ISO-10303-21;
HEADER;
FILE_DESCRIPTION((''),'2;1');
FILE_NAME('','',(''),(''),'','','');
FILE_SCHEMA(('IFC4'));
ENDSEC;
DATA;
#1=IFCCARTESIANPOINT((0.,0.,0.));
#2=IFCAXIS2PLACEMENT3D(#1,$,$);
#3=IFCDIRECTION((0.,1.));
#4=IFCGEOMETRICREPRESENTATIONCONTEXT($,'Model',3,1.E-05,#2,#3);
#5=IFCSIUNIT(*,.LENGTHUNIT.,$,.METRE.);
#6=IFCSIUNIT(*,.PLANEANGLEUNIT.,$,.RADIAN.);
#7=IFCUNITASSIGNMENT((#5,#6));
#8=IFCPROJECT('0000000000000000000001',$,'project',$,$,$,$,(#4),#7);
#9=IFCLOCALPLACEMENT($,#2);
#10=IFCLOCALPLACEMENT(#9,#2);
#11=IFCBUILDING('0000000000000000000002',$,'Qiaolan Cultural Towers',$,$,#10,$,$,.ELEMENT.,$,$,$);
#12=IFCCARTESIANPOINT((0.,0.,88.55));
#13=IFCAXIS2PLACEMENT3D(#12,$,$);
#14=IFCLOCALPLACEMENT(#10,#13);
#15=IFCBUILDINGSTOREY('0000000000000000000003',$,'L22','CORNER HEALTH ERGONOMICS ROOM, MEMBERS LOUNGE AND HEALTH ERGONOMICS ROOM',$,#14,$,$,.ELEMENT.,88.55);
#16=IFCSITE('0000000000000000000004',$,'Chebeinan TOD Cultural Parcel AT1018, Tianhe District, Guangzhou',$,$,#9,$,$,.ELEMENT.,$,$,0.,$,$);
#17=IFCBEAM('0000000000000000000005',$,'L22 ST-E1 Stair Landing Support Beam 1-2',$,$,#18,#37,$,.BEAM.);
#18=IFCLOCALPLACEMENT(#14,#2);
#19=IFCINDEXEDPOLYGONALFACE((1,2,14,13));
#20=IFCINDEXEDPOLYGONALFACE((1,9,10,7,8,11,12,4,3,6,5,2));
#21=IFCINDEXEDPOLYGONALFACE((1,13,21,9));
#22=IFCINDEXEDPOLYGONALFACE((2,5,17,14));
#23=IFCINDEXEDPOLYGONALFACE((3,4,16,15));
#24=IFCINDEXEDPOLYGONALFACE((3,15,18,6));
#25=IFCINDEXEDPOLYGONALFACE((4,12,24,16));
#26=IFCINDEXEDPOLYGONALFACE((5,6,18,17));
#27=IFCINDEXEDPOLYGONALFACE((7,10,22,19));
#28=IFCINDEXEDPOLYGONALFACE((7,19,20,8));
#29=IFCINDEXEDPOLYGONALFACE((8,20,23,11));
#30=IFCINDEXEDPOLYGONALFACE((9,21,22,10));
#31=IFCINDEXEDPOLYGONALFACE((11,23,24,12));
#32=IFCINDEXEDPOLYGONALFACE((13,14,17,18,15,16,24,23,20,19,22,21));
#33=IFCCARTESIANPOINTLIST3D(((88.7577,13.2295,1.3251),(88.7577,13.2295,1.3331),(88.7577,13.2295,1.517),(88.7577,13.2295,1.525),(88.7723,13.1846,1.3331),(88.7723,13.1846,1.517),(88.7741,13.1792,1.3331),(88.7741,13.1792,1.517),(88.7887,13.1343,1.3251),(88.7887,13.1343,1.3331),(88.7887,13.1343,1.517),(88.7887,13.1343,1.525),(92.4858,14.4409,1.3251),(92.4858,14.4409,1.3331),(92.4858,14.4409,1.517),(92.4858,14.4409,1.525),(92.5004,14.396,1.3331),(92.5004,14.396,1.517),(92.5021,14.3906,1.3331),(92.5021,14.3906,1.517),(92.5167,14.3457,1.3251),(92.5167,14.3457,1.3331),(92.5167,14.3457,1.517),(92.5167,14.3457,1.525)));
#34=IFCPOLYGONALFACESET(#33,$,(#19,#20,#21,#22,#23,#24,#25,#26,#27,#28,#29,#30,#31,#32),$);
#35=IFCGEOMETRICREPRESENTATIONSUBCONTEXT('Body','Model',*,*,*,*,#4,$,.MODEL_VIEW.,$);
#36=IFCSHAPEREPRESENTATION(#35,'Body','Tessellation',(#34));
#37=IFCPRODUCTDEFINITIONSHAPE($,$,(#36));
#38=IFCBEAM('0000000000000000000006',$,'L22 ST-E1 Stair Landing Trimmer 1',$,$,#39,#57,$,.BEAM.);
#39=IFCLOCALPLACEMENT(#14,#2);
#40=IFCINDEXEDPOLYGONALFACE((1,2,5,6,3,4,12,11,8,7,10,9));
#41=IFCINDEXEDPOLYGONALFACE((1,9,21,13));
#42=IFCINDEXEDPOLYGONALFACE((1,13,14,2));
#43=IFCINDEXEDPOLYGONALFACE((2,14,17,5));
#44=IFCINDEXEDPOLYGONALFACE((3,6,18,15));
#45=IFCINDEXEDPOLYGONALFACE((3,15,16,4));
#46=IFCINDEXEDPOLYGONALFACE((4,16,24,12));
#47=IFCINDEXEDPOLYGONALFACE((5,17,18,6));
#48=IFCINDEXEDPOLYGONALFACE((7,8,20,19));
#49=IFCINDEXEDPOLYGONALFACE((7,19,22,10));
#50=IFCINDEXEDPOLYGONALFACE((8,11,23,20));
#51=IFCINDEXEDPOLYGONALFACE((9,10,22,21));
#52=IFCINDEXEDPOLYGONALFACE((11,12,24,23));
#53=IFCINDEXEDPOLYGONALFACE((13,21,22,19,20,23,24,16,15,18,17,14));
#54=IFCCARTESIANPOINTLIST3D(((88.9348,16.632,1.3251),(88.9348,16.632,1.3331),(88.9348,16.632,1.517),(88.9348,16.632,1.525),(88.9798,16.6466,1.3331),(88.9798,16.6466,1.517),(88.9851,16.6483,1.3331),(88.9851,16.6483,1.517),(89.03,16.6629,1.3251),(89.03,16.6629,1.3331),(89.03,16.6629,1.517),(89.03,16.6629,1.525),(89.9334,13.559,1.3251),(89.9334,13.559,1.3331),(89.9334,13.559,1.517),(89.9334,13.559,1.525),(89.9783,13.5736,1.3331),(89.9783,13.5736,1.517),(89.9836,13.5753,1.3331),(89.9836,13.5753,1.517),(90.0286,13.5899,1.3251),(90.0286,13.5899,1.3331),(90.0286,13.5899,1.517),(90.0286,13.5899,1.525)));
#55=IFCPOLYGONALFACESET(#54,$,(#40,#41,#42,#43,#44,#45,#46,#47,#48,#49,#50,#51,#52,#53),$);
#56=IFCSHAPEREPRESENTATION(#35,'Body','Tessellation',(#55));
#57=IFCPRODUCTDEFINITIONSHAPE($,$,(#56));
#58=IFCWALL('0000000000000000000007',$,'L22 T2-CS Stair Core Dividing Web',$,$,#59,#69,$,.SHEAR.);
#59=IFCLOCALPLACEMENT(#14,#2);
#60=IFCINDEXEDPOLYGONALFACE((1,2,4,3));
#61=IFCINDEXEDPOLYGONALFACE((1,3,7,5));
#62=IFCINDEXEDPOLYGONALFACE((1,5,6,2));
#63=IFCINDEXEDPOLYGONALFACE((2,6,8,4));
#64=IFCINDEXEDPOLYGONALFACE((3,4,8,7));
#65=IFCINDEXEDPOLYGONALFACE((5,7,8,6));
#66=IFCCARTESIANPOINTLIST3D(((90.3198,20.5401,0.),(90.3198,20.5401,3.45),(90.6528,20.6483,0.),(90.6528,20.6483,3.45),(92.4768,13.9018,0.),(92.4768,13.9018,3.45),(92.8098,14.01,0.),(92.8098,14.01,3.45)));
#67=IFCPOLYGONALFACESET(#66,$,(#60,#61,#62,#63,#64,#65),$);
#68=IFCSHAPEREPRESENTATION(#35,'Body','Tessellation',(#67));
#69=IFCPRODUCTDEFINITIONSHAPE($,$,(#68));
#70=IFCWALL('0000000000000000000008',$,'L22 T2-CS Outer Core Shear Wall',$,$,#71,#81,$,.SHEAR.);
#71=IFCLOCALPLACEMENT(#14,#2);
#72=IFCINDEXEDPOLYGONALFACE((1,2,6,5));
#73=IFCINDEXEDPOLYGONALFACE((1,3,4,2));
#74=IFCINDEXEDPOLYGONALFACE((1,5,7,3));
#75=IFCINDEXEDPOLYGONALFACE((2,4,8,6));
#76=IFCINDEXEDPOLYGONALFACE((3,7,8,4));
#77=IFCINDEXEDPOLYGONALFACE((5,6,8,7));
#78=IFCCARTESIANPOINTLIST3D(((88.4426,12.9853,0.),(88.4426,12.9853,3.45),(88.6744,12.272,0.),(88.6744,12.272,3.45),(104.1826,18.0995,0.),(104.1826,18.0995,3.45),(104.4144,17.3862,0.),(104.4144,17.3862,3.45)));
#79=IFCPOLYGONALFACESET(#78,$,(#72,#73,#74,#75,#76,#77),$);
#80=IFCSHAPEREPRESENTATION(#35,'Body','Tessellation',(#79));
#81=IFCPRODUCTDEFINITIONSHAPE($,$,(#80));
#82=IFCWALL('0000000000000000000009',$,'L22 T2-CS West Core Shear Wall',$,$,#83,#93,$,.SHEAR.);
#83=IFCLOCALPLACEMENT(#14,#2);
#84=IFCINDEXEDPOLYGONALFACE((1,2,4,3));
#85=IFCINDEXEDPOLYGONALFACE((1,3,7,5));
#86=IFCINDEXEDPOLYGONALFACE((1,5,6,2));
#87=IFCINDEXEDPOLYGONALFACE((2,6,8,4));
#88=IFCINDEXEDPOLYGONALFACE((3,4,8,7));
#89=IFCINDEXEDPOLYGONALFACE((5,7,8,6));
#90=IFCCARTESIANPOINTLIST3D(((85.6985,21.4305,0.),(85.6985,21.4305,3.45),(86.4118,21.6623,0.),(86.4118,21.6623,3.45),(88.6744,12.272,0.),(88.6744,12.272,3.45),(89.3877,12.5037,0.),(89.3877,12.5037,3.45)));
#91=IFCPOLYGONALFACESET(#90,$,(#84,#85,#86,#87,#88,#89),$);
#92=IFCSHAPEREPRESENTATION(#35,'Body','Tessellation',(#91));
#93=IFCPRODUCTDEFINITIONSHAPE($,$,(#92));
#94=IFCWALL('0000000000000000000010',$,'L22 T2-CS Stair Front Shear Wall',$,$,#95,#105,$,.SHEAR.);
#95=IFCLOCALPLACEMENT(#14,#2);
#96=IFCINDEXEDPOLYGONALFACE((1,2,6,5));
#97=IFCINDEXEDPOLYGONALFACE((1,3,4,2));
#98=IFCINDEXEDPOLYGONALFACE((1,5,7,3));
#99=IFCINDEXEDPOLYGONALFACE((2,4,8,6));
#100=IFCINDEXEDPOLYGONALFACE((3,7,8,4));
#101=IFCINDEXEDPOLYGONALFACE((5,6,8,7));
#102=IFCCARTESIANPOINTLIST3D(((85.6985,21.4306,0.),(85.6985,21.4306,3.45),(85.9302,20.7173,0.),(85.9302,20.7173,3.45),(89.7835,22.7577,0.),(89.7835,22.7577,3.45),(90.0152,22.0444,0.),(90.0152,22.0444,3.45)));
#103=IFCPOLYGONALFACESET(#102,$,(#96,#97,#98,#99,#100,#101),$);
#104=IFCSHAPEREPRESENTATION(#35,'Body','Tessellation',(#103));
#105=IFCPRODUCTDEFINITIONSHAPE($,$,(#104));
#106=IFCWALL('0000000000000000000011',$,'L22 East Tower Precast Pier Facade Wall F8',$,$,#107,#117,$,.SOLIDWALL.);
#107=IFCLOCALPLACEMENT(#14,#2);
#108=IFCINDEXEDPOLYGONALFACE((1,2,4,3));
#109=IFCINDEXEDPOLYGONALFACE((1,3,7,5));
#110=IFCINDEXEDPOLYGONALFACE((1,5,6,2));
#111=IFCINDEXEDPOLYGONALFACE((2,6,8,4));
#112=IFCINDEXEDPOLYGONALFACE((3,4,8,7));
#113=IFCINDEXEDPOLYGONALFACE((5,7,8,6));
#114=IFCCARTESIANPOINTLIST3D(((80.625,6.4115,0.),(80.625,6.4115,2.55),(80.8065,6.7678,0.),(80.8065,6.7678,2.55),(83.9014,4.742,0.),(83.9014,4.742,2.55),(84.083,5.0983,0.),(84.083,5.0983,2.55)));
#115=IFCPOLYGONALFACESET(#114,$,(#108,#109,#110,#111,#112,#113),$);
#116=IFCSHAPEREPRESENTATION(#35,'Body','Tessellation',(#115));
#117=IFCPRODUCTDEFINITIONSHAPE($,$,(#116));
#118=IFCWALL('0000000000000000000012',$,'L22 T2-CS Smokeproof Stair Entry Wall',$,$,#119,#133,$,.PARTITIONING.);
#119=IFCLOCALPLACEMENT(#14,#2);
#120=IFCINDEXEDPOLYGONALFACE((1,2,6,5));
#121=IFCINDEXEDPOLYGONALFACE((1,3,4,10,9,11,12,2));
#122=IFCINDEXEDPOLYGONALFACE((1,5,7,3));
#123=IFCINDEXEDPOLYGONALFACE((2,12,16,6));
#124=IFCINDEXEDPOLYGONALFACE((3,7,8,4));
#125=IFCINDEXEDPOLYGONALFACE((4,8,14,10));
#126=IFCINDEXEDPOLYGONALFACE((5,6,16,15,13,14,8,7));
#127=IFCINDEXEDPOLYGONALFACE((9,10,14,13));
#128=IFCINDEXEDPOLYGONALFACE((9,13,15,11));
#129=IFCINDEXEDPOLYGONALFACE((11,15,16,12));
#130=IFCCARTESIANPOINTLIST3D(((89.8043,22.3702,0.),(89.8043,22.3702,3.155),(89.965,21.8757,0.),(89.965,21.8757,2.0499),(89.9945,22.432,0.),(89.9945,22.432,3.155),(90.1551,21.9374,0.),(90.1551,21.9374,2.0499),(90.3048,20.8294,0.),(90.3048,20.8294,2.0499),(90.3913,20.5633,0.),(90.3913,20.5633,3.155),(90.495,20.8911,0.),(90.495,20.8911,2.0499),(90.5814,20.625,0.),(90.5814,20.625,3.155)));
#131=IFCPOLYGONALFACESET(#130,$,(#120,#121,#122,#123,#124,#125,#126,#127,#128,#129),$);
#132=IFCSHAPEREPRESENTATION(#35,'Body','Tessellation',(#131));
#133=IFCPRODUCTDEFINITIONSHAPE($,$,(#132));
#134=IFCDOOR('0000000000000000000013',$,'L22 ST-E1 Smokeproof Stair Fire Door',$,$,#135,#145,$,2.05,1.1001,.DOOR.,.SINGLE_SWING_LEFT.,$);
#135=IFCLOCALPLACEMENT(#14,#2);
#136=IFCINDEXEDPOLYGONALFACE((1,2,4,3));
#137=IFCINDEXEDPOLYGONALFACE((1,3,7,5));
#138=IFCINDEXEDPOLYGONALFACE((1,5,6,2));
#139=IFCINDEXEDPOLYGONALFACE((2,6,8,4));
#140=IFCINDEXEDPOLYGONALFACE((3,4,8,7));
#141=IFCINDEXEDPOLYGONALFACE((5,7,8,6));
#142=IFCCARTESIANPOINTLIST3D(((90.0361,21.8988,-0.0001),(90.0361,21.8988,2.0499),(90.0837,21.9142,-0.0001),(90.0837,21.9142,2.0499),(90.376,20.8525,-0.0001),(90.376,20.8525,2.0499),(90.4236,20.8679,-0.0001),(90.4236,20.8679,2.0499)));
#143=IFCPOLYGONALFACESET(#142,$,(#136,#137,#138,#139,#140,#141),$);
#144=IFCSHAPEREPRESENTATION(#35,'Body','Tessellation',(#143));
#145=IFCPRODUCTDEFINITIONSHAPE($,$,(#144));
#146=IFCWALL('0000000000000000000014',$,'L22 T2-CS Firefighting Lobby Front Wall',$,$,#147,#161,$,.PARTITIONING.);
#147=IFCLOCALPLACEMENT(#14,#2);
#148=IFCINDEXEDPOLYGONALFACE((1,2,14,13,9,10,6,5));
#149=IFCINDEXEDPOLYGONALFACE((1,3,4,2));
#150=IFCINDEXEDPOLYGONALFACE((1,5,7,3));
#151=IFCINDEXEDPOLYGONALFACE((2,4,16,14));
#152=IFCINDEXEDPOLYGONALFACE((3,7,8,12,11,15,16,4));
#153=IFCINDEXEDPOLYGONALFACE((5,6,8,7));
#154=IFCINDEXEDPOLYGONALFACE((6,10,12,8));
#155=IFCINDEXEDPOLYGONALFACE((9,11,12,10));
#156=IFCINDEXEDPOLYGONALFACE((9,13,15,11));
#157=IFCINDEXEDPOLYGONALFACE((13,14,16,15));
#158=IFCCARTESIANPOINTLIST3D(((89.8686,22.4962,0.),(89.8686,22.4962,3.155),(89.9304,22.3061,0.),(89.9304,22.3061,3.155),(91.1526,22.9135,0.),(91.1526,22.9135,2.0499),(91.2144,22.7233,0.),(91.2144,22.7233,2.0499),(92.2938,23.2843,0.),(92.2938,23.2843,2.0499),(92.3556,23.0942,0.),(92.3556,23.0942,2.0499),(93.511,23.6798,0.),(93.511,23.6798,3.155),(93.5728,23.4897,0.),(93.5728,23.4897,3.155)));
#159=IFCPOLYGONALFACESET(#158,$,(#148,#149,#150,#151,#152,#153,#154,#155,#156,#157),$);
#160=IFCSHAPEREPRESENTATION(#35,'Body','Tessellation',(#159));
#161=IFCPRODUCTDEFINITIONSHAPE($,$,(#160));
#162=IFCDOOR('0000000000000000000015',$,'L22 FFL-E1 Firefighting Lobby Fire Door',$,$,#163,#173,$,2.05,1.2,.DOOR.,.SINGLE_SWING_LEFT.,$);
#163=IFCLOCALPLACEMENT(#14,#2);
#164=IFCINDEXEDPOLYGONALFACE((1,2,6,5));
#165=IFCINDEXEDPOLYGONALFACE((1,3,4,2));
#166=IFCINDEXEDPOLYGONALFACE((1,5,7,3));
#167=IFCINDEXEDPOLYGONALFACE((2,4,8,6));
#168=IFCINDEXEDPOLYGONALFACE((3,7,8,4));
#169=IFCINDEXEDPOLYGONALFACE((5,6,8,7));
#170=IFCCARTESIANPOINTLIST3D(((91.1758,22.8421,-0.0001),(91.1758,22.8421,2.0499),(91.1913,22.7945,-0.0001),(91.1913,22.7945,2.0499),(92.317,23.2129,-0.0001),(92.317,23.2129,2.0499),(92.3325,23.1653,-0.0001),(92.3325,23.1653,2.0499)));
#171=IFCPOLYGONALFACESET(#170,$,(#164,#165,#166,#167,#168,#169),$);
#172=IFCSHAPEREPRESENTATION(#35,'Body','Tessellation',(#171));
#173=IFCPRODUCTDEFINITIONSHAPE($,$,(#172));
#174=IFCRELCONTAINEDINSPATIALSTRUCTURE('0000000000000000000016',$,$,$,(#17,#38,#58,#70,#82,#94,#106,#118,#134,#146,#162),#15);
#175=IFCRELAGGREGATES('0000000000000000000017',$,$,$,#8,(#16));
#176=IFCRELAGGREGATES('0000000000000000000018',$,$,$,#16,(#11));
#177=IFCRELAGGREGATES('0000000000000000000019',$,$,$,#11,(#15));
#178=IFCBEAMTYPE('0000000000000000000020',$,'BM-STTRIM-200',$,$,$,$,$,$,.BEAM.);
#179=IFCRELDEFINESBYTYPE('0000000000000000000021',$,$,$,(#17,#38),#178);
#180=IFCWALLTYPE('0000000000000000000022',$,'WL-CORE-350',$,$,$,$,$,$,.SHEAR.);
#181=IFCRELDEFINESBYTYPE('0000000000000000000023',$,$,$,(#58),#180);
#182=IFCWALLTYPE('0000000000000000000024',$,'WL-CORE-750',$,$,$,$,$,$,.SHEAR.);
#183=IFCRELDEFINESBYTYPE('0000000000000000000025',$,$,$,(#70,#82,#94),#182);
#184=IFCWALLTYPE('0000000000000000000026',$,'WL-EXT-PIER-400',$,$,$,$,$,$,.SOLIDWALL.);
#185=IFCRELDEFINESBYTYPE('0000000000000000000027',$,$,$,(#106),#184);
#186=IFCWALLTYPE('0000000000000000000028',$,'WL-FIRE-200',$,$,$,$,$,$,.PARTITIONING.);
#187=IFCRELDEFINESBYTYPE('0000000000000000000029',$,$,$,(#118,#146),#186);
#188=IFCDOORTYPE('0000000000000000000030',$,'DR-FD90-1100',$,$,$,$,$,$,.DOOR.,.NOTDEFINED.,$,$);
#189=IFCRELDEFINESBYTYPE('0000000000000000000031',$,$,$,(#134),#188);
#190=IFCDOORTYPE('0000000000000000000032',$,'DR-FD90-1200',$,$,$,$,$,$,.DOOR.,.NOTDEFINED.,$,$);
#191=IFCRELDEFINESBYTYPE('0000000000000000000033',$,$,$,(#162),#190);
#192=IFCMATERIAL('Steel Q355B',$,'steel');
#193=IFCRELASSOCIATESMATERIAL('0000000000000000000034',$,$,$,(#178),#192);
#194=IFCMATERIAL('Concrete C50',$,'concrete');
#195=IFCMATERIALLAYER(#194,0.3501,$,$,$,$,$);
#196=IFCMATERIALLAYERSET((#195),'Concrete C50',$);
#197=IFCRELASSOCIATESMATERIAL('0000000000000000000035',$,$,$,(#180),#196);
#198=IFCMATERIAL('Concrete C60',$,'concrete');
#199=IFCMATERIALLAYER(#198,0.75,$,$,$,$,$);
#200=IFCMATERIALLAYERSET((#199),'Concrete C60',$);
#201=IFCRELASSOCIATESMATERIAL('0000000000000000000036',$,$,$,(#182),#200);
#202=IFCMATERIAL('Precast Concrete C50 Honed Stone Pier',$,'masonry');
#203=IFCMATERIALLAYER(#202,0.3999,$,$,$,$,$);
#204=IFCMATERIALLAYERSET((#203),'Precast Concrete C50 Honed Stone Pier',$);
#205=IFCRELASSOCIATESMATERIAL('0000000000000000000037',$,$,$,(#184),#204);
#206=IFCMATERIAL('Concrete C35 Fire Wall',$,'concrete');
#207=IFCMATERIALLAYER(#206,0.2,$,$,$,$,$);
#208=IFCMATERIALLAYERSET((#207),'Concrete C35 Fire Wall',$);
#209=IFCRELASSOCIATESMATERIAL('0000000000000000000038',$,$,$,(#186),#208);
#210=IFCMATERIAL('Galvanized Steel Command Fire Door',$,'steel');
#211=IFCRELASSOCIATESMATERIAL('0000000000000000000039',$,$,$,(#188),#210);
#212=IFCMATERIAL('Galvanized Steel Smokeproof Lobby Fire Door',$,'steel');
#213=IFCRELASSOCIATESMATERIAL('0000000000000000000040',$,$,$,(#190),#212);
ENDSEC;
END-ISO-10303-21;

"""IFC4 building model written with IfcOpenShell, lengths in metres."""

from ifc_helpers import new_model, si_unit, direction, frame, frame_2d, origin, origin_2d, place, context, subcontext, project, spatial, rectangle, i_section, extrude, material, layer, layer_set, material_profile, profile_set, type_object, element, fill, save


model = new_model("IFC4")

# Units and contexts
model_context = context("Model", 3, precision=1e-05, world=origin(), true_north=direction((0.0, 1.0)))
body_context = subcontext(model_context, "Body", "Model", "MODEL_VIEW")
ifc_project = project(units=[si_unit("LENGTHUNIT", "METRE"), si_unit("PLANEANGLEUNIT", "RADIAN")], contexts=[model_context])

# Site, building, storey
site_placement = place(None, origin())
site = spatial("IfcSite", under=ifc_project, at=site_placement, Name="Chebeinan TOD Cultural Parcel AT1018, Tianhe District, Guangzhou", CompositionType="ELEMENT", RefElevation=0.0)
building_placement = place(site_placement, origin())
building = spatial("IfcBuilding", under=site, at=building_placement, Name="Qiaolan Cultural Towers", CompositionType="ELEMENT")
storey_placement = place(building_placement, frame((0.0, 0.0, 88.55)))
storey = spatial("IfcBuildingStorey", under=building, at=storey_placement, Name="L22", Description="CORNER HEALTH ERGONOMICS ROOM, MEMBERS LOUNGE AND HEALTH ERGONOMICS ROOM", CompositionType="ELEMENT", Elevation=88.55)

# Beams
ifc_material_1 = material(Name="Steel Q355B", Category="steel")
ifc_material_profile_1 = material_profile(ifc_material_1, i_section(OverallWidth=0.1001, OverallDepth=0.2, WebThickness=0.0056, FlangeThickness=0.0081, at=origin_2d()), Name="HN200x100x5.5x8")
ifc_profile_set_1 = profile_set([ifc_material_profile_1], Name="Steel Q355B")
beam_type_1 = type_object("IfcBeamType", Name="BM-STTRIM-200", PredefinedType="BEAM", material=ifc_profile_set_1)
for number, where, z_axis, x_axis, name in (
    (1, (88.7732, 13.1819, 1.425), (0.951048, 0.309044, 0.0), (-0.309044, 0.951048, 0.0), "L22 ST-E1 Stair Landing Support Beam 1-2"),
):
    element("IfcBeam", number, at=place(storey_placement, frame(where, z_axis=z_axis, x_axis=x_axis)), inside=storey, type_object=beam_type_1, Name=name, PredefinedType="BEAM", context=body_context, shape_type="SweptSolid", body=[
        extrude(i_section(OverallWidth=0.1001, OverallDepth=0.2, WebThickness=0.0056, FlangeThickness=0.0081, at=origin_2d()), origin(), (0.0, 0.0, 1.0), 3.9199),
    ])
beam_1_placement = place(storey_placement, frame((88.9824, 16.6475, 1.425), z_axis=(0.309033, -0.951051, 0.0), x_axis=(0.951051, 0.309033, 0.0)))
element("IfcBeam", 2, at=beam_1_placement, inside=storey, type_object=beam_type_1, Name="L22 ST-E1 Stair Landing Trimmer 1", PredefinedType="BEAM", context=body_context, shape_type="SweptSolid", body=[
    extrude(i_section(OverallWidth=0.1001, OverallDepth=0.2, WebThickness=0.0056, FlangeThickness=0.0081, at=origin_2d()), origin(), (0.0, 0.0, 1.0), 3.2312),
])

# Walls
ifc_material_2 = material(Name="Concrete C50", Category="concrete")
ifc_layer_1 = layer(ifc_material_2, 0.3501)
ifc_layer_set_1 = layer_set([ifc_layer_1], Name="Concrete C50")
wall_type_1 = type_object("IfcWallType", Name="WL-CORE-350", PredefinedType="SHEAR", material=ifc_layer_set_1)
wall_1_placement = place(storey_placement, frame((90.4863, 20.5942, 0.0), z_axis=(0.0, 0.0, 1.0), x_axis=(0.30902, -0.951055, 0.0)))
element("IfcWall", 3, at=wall_1_placement, inside=storey, type_object=wall_type_1, Name="L22 T2-CS Stair Core Dividing Web", PredefinedType="SHEAR", context=body_context, shape_type="SweptSolid", body=[
    extrude(rectangle(XDim=6.98, YDim=0.3501, at=frame_2d((3.49, 0.0))), origin(), (0.0, 0.0, 1.0), 3.45),
])
ifc_material_3 = material(Name="Concrete C60", Category="concrete")
ifc_layer_2 = layer(ifc_material_3, 0.75)
ifc_layer_set_2 = layer_set([ifc_layer_2], Name="Concrete C60")
wall_type_2 = type_object("IfcWallType", Name="WL-CORE-750", PredefinedType="SHEAR", material=ifc_layer_set_2)
wall_2_placement = place(storey_placement, frame((88.5586, 12.6287, 0.0), z_axis=(0.0, 0.0, 1.0), x_axis=(0.951056, 0.309018, 0.0)))
element("IfcWall", 4, at=wall_2_placement, inside=storey, type_object=wall_type_2, Name="L22 T2-CS Outer Core Shear Wall", PredefinedType="SHEAR", context=body_context, shape_type="SweptSolid", body=[
    extrude(rectangle(XDim=16.55, YDim=0.75, at=frame_2d((8.2749, 0.0))), origin(), (0.0, 0.0, 1.0), 3.45),
])
wall_3_placement = place(storey_placement, frame((86.0552, 21.5464, 0.0), z_axis=(0.0, 0.0, 1.0), x_axis=(0.309024, -0.951054, 0.0)))
element("IfcWall", 5, at=wall_3_placement, inside=storey, type_object=wall_type_2, Name="L22 T2-CS West Core Shear Wall", PredefinedType="SHEAR", context=body_context, shape_type="SweptSolid", body=[
    extrude(rectangle(XDim=9.6299, YDim=0.75, at=frame_2d((4.8149, 0.0))), origin(), (0.0, 0.0, 1.0), 3.45),
])
wall_4_placement = place(storey_placement, frame((85.8145, 21.074, 0.0), z_axis=(0.0, 0.0, 1.0), x_axis=(0.951066, 0.308988, 0.0)))
element("IfcWall", 6, at=wall_4_placement, inside=storey, type_object=wall_type_2, Name="L22 T2-CS Stair Front Shear Wall", PredefinedType="SHEAR", context=body_context, shape_type="SweptSolid", body=[
    extrude(rectangle(XDim=4.2952, YDim=0.75, at=frame_2d((2.1475, 0.0))), origin(), (0.0, 0.0, 1.0), 3.45),
])
ifc_material_4 = material(Name="Precast Concrete C50 Honed Stone Pier", Category="masonry")
ifc_layer_3 = layer(ifc_material_4, 0.3999)
ifc_layer_set_3 = layer_set([ifc_layer_3], Name="Precast Concrete C50 Honed Stone Pier")
wall_type_3 = type_object("IfcWallType", Name="WL-EXT-PIER-400", PredefinedType="SOLIDWALL", material=ifc_layer_set_3)
wall_5_placement = place(storey_placement, frame((83.9922, 4.9202, 0.0), z_axis=(0.0, 0.0, 1.0), x_axis=(-0.891002, 0.453999, 0.0)))
element("IfcWall", 7, at=wall_5_placement, inside=storey, type_object=wall_type_3, Name="L22 East Tower Precast Pier Facade Wall F8", PredefinedType="SOLIDWALL", context=body_context, shape_type="SweptSolid", body=[
    extrude(rectangle(XDim=3.6772, YDim=0.3999, at=frame_2d((1.8386, 0.0))), origin(), (0.0, 0.0, 1.0), 2.55),
])

# Walls, openings, doors
ifc_material_5 = material(Name="Concrete C35 Fire Wall", Category="concrete")
ifc_layer_4 = layer(ifc_material_5, 0.2)
ifc_layer_set_4 = layer_set([ifc_layer_4], Name="Concrete C35 Fire Wall")
wall_type_4 = type_object("IfcWallType", Name="WL-FIRE-200", PredefinedType="PARTITIONING", material=ifc_layer_set_4)
wall_6_placement = place(storey_placement, frame((89.8994, 22.4011, 0.0), z_axis=(0.0, 0.0, 1.0), x_axis=(0.308932, -0.951084, 0.0)))
wall_6 = element("IfcWall", 8, at=wall_6_placement, inside=storey, type_object=wall_type_4, Name="L22 T2-CS Smokeproof Stair Entry Wall", PredefinedType="PARTITIONING", context=body_context, shape_type="SweptSolid", body=[
    extrude(rectangle(XDim=1.8999, YDim=0.2, at=frame_2d((0.95, 0.0))), origin(), (0.0, 0.0, 1.0), 3.155),
])
opening_1_placement = place(wall_6_placement, frame((0.52, 0.0, 0.0)))
opening_1 = element("IfcOpeningElement", 9, at=opening_1_placement, cuts=wall_6, PredefinedType="OPENING", context=body_context, shape_type="SweptSolid", body=[
    extrude(rectangle(XDim=1.1001, YDim=2.05, at=frame_2d((0.55, 1.0249))), frame((0.0, 0.1099, 0.0), z_axis=(0.0, -1.0, 0.0), x_axis=(1.0, 0.0, 0.0)), (0.0, 0.0, 1.0), 0.22),
])
ifc_material_6 = material(Name="Galvanized Steel Command Fire Door", Category="steel")
door_type_1 = type_object("IfcDoorType", Name="DR-FD90-1100", OperationType="NOTDEFINED", PredefinedType="DOOR", material=ifc_material_6)
door_1_placement = place(opening_1_placement, origin())
door_1 = element("IfcDoor", 10, at=door_1_placement, inside=storey, type_object=door_type_1, Name="L22 ST-E1 Smokeproof Stair Fire Door", OperationType="SINGLE_SWING_LEFT", OverallHeight=2.05, OverallWidth=1.1001, PredefinedType="DOOR", context=body_context, shape_type="SweptSolid", body=[
    extrude(rectangle(XDim=1.1001, YDim=2.05, at=frame_2d((0.55, 1.0249))), frame((0.0, 0.0249, 0.0), z_axis=(0.0, -1.0, 0.0), x_axis=(1.0, 0.0, 0.0)), (0.0, 0.0, 1.0), 0.05),
])
fill(opening_1, door_1)
wall_7_placement = place(storey_placement, frame((89.8994, 22.4011, 0.0), z_axis=(0.0, 0.0, 1.0), x_axis=(0.951047, 0.309047, 0.0)))
wall_7 = element("IfcWall", 11, at=wall_7_placement, inside=storey, type_object=wall_type_4, Name="L22 T2-CS Firefighting Lobby Front Wall", PredefinedType="PARTITIONING", context=body_context, shape_type="SweptSolid", body=[
    extrude(rectangle(XDim=3.8298, YDim=0.2, at=frame_2d((1.915, 0.0))), origin(), (0.0, 0.0, 1.0), 3.155),
])
opening_2_placement = place(wall_7_placement, frame((1.3501, 0.0, 0.0)))
opening_2 = element("IfcOpeningElement", 12, at=opening_2_placement, cuts=wall_7, PredefinedType="OPENING", context=body_context, shape_type="SweptSolid", body=[
    extrude(rectangle(XDim=1.2, YDim=2.05, at=frame_2d((0.6001, 1.0249))), frame((0.0, 0.1099, 0.0), z_axis=(0.0, -1.0, 0.0), x_axis=(1.0, 0.0, 0.0)), (0.0, 0.0, 1.0), 0.22),
])
ifc_material_7 = material(Name="Galvanized Steel Smokeproof Lobby Fire Door", Category="steel")
door_type_2 = type_object("IfcDoorType", Name="DR-FD90-1200", OperationType="NOTDEFINED", PredefinedType="DOOR", material=ifc_material_7)
door_2_placement = place(opening_2_placement, origin())
door_2 = element("IfcDoor", 13, at=door_2_placement, inside=storey, type_object=door_type_2, Name="L22 FFL-E1 Firefighting Lobby Fire Door", OperationType="SINGLE_SWING_LEFT", OverallHeight=2.05, OverallWidth=1.2, PredefinedType="DOOR", context=body_context, shape_type="SweptSolid", body=[
    extrude(rectangle(XDim=1.2, YDim=2.05, at=frame_2d((0.6001, 1.0249))), frame((0.0, 0.0249, 0.0), z_axis=(0.0, -1.0, 0.0), x_axis=(1.0, 0.0, 0.0)), (0.0, 0.0, 1.0), 0.05),
])
fill(opening_2, door_2)

save(model, "model.ifc")
